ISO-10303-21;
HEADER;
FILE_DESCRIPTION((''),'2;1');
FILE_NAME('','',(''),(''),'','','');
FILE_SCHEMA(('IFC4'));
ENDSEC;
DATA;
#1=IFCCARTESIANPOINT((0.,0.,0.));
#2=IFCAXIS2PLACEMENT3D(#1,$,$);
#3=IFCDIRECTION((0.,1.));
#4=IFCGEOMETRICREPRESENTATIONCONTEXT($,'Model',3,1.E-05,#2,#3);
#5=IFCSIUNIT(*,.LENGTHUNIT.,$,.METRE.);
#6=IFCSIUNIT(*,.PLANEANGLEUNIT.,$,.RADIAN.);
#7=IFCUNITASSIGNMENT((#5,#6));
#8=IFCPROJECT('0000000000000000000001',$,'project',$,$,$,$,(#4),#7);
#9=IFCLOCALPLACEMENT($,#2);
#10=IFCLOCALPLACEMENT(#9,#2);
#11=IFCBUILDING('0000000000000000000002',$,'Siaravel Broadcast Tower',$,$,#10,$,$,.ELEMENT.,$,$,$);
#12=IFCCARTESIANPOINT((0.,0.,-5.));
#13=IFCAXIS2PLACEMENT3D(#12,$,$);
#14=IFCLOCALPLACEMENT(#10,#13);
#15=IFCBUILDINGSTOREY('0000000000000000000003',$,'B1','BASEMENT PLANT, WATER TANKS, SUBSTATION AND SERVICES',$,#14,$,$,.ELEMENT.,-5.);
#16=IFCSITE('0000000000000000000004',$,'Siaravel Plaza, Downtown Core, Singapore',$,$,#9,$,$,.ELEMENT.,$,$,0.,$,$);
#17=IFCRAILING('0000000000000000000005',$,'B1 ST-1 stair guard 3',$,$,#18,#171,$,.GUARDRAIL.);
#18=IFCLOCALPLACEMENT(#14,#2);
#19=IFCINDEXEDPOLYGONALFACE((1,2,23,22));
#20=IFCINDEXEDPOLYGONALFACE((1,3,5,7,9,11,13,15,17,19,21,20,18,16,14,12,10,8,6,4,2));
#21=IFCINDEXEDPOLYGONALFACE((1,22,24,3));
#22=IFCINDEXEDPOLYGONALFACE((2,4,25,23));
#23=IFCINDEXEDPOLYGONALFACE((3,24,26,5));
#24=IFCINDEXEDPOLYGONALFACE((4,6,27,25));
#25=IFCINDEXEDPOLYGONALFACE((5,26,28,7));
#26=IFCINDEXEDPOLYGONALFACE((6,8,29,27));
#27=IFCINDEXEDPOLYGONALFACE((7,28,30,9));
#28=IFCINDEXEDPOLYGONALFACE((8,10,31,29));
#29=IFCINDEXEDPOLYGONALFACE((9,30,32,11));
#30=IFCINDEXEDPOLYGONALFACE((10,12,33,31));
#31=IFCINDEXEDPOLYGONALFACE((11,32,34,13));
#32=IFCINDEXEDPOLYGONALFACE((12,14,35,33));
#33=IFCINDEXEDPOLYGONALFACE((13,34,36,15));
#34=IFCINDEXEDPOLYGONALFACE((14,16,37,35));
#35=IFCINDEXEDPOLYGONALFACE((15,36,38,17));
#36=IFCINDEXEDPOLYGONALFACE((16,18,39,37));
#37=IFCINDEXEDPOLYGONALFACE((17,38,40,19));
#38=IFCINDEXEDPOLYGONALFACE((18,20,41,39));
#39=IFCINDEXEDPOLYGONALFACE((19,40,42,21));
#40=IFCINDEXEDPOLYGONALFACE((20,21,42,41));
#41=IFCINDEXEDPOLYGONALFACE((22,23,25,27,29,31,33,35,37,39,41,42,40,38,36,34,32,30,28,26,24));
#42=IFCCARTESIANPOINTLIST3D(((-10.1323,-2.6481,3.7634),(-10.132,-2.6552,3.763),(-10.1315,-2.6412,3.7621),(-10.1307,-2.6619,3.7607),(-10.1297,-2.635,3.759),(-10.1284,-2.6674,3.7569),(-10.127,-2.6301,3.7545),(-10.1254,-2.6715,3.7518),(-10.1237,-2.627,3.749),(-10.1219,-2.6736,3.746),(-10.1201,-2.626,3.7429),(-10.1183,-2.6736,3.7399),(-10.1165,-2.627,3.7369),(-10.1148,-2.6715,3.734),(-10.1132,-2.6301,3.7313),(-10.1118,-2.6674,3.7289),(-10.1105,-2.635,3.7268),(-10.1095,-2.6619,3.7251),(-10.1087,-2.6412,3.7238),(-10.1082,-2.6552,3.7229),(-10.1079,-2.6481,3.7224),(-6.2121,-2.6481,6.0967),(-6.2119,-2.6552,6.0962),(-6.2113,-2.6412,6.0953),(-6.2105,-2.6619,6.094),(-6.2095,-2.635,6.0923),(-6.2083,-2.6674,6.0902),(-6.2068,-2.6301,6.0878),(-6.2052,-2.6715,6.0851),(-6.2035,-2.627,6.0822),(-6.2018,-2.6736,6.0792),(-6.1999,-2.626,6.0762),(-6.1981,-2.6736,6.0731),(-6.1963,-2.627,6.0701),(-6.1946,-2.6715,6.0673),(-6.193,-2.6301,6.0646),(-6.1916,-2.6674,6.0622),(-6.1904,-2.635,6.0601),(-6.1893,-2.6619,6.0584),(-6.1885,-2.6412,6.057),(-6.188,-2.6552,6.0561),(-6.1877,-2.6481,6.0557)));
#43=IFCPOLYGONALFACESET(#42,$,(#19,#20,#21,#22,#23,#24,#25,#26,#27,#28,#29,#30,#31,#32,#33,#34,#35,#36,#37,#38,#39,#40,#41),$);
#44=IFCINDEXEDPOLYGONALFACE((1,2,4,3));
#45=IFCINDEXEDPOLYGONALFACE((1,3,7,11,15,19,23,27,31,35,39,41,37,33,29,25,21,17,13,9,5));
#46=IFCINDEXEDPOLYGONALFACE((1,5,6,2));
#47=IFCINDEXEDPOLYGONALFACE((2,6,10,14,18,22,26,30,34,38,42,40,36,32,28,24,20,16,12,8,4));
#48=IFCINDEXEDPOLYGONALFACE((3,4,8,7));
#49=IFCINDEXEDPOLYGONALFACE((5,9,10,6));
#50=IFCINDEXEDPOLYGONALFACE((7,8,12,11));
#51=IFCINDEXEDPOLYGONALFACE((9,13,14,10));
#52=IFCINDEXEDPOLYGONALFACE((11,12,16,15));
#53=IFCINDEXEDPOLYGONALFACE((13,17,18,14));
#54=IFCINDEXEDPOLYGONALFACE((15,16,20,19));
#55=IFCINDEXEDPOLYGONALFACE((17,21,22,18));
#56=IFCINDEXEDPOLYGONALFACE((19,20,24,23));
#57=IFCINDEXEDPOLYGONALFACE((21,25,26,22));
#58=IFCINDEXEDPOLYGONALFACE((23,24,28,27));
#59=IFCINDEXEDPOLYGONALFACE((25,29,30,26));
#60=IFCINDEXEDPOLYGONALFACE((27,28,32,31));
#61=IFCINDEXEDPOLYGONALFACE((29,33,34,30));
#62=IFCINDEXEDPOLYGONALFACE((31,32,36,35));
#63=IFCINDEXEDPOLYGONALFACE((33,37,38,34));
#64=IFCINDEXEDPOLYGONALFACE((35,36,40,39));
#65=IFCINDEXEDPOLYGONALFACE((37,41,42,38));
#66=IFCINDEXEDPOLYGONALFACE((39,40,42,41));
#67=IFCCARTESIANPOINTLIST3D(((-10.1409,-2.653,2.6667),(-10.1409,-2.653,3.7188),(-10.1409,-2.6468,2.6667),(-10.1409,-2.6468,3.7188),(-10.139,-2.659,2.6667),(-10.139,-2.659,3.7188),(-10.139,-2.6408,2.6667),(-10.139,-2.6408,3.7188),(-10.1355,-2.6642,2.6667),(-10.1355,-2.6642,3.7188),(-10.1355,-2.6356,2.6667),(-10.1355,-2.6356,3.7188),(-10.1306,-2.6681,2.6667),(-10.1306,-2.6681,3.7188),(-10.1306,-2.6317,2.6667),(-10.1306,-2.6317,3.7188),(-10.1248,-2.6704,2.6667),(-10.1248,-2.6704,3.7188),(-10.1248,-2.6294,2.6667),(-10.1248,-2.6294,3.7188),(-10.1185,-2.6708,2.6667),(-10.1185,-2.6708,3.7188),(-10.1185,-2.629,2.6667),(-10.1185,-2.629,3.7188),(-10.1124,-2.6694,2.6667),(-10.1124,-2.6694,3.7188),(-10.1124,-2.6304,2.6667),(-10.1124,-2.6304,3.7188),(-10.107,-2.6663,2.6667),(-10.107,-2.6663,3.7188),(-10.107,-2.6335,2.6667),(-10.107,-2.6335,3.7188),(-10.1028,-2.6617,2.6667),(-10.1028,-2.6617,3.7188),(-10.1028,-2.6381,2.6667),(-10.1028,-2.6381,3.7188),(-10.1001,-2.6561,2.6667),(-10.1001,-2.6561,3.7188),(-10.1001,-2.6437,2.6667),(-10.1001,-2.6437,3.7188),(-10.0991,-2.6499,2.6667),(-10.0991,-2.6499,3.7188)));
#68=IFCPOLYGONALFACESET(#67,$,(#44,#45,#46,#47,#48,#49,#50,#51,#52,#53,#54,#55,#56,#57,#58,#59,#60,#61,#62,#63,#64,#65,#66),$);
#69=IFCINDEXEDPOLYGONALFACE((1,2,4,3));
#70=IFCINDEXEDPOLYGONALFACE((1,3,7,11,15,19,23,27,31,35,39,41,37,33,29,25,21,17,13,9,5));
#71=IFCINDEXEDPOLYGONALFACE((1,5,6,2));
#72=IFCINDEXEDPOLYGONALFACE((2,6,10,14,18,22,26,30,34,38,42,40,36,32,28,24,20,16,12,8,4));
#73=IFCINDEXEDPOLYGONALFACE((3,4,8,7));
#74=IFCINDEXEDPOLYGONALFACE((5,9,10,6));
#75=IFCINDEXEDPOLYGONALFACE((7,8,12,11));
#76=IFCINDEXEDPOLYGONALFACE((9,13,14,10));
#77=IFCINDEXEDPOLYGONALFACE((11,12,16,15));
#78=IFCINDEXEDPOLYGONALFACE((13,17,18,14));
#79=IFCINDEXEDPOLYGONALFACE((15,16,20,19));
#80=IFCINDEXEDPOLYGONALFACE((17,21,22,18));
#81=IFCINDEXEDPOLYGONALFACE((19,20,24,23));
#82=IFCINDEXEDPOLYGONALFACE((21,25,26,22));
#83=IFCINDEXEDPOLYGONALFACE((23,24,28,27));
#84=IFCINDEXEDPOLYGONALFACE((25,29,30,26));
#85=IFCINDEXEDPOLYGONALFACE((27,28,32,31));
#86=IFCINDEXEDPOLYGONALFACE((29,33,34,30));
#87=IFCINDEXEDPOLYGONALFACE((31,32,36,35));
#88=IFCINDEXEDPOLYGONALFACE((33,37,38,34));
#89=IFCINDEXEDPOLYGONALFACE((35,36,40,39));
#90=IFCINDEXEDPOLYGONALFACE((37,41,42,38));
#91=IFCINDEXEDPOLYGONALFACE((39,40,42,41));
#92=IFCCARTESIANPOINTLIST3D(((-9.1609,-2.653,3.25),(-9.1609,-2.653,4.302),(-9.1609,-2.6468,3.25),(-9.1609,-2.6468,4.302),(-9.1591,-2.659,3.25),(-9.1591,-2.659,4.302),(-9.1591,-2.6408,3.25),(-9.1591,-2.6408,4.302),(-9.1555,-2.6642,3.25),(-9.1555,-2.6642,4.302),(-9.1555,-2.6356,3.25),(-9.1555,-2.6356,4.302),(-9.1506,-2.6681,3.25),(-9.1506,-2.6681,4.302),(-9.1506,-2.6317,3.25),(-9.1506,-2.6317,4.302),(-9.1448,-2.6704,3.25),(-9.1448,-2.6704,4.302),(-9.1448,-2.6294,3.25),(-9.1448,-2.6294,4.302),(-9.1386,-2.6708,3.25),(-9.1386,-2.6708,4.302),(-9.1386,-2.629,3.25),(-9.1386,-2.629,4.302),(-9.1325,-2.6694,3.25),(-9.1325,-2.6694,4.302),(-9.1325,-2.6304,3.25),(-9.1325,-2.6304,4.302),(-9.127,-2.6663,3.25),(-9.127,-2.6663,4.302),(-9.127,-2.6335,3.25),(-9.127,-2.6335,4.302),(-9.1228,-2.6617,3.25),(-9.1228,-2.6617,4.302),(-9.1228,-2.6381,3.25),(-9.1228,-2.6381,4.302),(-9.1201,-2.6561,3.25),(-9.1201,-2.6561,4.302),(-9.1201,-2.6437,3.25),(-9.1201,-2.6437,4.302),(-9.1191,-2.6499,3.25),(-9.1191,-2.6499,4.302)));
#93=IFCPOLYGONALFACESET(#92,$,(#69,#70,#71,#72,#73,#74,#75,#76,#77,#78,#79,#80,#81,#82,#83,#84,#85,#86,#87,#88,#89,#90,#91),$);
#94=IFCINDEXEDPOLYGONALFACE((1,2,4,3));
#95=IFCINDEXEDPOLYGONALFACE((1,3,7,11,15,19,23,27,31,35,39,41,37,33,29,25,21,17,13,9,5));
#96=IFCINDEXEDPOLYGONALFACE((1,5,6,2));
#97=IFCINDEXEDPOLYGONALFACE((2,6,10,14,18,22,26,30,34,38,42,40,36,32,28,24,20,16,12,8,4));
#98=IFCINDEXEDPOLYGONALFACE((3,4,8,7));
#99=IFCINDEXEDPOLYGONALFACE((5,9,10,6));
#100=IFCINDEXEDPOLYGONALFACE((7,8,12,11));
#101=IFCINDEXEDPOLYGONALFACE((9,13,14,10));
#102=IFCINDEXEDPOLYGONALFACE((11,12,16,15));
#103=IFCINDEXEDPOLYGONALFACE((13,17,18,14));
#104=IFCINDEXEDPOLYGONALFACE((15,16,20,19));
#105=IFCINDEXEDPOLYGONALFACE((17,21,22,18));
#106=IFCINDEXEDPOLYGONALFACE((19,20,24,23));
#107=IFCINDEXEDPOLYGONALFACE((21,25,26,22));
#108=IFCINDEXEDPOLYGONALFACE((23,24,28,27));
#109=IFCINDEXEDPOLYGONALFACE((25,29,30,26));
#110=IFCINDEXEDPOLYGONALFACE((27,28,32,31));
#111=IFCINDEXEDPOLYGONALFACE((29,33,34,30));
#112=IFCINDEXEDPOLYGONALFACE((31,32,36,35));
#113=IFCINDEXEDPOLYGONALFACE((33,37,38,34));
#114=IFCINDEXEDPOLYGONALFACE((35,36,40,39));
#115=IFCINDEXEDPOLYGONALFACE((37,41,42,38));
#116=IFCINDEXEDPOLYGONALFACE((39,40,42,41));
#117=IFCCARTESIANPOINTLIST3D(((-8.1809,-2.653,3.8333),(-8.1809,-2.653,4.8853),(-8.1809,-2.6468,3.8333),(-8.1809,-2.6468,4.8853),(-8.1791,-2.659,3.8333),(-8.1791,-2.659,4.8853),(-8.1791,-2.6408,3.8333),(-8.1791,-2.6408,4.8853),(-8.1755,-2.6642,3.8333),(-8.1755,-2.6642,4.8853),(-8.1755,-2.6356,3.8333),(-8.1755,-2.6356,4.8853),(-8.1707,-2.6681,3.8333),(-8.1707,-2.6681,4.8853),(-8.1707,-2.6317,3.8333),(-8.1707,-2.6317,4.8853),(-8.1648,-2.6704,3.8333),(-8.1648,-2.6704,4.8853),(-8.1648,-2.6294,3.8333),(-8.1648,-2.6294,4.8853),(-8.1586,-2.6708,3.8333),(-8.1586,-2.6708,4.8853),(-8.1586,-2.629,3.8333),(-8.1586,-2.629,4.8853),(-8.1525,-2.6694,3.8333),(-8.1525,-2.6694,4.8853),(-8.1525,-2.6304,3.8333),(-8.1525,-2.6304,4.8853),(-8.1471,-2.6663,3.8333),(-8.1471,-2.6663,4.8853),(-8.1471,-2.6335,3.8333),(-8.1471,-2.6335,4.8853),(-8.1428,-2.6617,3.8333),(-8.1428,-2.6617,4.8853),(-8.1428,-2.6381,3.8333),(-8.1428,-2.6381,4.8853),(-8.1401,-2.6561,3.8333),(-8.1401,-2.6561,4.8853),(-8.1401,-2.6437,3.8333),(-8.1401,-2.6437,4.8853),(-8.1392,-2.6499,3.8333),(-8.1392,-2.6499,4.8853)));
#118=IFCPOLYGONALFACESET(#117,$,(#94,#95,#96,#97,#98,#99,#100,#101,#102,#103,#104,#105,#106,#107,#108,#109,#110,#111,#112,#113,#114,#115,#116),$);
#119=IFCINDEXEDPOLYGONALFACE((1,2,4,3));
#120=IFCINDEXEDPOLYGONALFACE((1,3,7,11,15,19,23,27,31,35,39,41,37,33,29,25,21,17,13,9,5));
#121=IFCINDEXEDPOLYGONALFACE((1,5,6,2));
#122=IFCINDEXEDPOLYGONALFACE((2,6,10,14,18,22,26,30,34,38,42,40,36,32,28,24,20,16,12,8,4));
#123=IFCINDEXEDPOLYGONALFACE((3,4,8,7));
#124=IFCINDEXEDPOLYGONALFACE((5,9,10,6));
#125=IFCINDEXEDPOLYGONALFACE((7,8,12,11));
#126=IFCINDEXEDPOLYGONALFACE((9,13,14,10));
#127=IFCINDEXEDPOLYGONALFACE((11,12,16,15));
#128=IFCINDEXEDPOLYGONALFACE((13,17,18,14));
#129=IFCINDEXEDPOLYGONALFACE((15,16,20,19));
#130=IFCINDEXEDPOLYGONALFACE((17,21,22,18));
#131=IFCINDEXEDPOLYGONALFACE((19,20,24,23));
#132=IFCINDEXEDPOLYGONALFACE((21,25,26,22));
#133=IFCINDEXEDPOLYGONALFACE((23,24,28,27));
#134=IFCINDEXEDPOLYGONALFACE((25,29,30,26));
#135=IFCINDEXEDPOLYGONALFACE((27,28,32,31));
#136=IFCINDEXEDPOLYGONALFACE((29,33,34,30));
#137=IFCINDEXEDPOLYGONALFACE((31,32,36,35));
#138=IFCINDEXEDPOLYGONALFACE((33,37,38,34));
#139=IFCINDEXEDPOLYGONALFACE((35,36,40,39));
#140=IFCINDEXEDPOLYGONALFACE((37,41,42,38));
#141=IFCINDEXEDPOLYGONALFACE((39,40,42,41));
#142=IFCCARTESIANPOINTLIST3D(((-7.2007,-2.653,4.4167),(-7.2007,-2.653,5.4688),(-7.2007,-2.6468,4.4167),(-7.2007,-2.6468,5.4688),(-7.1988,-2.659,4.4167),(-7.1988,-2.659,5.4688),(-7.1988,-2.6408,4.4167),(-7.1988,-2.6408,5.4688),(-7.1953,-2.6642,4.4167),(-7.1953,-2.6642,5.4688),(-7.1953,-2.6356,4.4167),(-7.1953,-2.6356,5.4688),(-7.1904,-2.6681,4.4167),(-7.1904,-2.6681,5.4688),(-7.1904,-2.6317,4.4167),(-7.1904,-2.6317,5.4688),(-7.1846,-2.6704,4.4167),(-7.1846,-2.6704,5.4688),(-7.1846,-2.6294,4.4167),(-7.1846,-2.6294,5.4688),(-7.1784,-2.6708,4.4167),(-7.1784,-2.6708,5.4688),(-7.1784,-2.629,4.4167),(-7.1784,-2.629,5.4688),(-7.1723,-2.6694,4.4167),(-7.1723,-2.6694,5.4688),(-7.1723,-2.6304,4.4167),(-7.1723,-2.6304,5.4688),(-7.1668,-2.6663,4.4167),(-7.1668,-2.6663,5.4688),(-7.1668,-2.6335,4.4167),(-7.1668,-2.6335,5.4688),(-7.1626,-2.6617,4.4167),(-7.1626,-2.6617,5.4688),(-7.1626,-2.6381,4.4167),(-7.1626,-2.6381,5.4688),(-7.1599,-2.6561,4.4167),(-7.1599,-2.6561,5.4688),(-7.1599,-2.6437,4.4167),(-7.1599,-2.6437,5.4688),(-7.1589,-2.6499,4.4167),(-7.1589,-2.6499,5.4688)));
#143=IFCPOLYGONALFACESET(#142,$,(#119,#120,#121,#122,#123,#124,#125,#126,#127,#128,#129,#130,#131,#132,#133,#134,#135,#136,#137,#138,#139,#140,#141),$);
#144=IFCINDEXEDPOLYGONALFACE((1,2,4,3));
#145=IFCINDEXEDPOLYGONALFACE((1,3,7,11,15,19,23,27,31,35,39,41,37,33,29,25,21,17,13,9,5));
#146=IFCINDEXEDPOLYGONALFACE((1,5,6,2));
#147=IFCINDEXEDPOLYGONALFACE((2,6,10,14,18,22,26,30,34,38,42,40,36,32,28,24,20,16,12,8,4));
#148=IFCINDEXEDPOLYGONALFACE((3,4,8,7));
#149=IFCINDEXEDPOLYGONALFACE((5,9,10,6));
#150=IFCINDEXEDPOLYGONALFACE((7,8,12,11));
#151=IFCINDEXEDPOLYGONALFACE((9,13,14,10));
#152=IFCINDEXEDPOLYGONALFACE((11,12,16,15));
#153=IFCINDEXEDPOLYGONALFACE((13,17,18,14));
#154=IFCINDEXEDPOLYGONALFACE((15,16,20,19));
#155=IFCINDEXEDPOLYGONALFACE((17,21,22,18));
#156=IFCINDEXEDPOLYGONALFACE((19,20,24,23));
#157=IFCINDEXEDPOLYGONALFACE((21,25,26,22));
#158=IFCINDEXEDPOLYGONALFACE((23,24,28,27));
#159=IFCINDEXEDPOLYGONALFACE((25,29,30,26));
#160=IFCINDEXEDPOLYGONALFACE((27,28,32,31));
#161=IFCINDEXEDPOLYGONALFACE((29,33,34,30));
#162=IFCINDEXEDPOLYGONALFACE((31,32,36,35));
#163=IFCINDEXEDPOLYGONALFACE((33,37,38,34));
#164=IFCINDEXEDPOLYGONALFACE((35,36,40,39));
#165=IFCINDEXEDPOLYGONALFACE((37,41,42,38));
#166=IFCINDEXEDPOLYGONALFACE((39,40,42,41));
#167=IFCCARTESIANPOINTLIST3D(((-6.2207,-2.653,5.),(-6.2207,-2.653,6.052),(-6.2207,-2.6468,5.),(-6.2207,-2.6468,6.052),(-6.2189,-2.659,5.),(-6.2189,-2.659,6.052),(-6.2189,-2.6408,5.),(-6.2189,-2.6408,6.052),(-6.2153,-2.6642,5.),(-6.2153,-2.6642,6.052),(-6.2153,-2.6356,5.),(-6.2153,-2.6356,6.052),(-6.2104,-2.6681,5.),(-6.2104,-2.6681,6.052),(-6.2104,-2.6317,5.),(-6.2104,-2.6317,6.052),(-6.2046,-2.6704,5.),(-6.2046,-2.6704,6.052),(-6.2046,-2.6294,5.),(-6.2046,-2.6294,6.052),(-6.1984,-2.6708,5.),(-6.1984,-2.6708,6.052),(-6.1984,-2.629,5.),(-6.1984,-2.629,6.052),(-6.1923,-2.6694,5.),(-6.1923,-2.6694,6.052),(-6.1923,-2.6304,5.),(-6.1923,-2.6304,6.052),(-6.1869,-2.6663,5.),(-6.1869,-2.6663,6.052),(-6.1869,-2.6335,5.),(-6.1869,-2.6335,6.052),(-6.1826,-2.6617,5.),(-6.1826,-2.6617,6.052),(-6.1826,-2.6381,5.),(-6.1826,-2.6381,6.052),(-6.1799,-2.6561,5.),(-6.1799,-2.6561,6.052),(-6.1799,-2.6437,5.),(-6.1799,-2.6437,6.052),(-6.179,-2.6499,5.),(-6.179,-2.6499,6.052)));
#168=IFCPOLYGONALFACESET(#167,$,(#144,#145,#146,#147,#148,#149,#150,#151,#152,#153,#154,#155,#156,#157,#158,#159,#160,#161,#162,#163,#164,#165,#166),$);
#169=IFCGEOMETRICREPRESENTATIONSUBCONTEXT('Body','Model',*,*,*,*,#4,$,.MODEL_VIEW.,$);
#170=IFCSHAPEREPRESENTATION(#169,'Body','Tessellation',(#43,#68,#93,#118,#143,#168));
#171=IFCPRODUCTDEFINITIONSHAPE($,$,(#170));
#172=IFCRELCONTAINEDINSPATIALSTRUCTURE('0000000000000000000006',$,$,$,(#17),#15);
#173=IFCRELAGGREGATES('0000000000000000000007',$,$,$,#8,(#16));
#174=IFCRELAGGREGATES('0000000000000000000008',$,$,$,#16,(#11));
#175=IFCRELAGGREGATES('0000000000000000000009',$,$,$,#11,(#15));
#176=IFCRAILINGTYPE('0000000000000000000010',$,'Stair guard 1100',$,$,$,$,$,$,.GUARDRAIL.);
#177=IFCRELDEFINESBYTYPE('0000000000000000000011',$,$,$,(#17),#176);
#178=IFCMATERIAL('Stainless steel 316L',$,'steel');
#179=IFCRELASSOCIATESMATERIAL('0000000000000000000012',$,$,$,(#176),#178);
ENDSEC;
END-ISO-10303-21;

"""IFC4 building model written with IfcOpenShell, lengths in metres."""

from ifc_helpers import new_model, si_unit, direction, frame, origin, origin_2d, place, context, subcontext, project, spatial, circle, extrude, material, type_object, element, save


model = new_model("IFC4")

# Units and contexts
model_context = context("Model", 3, precision=1e-05, world=origin(), true_north=direction((0.0, 1.0)))
body_context = subcontext(model_context, "Body", "Model", "MODEL_VIEW")
ifc_project = project(units=[si_unit("LENGTHUNIT", "METRE"), si_unit("PLANEANGLEUNIT", "RADIAN")], contexts=[model_context])

# Site, building, storey
site_placement = place(None, origin())
site = spatial("IfcSite", under=ifc_project, at=site_placement, Name="Siaravel Plaza, Downtown Core, Singapore", CompositionType="ELEMENT", RefElevation=0.0)
building_placement = place(site_placement, origin())
building = spatial("IfcBuilding", under=site, at=building_placement, Name="Siaravel Broadcast Tower", CompositionType="ELEMENT")
storey_placement = place(building_placement, frame((0.0, 0.0, -5.0)))
storey = spatial("IfcBuildingStorey", under=building, at=storey_placement, Name="B1", Description="BASEMENT PLANT, WATER TANKS, SUBSTATION AND SERVICES", CompositionType="ELEMENT", Elevation=-5.0)

# Railing
ifc_material_1 = material(Name="Stainless steel 316L", Category="steel")
railing_type_1 = type_object("IfcRailingType", Name="Stair guard 1100", PredefinedType="GUARDRAIL", material=ifc_material_1)
railing_1_placement = place(storey_placement, frame((-10.1201, -2.6499, 2.6667)))
element("IfcRailing", 1, at=railing_1_placement, inside=storey, type_object=railing_type_1, Name="B1 ST-1 stair guard 3", PredefinedType="GUARDRAIL", context=body_context, shape_type="SweptSolid", body=[
    extrude(circle(Radius=0.0239, at=origin_2d()), frame((0.0, 0.0, 1.0762), z_axis=(0.85931, 0.0, 0.511455), x_axis=(0.0, 1.0, 0.0)), (0.0, 0.0, 1.0), 4.562),
    extrude(circle(Radius=0.021, at=origin_2d()), origin(), (0.0, 0.0, 1.0), 1.052),
    extrude(circle(Radius=0.021, at=origin_2d()), frame((0.98, 0.0, 0.5833)), (0.0, 0.0, 1.0), 1.052),
    extrude(circle(Radius=0.021, at=origin_2d()), frame((1.96, 0.0, 1.1665)), (0.0, 0.0, 1.0), 1.052),
    extrude(circle(Radius=0.021, at=origin_2d()), frame((2.9402, 0.0, 1.75)), (0.0, 0.0, 1.0), 1.052),
    extrude(circle(Radius=0.021, at=origin_2d()), frame((3.9202, 0.0, 2.3333)), (0.0, 0.0, 1.0), 1.052),
])

save(model, "model.ifc")
